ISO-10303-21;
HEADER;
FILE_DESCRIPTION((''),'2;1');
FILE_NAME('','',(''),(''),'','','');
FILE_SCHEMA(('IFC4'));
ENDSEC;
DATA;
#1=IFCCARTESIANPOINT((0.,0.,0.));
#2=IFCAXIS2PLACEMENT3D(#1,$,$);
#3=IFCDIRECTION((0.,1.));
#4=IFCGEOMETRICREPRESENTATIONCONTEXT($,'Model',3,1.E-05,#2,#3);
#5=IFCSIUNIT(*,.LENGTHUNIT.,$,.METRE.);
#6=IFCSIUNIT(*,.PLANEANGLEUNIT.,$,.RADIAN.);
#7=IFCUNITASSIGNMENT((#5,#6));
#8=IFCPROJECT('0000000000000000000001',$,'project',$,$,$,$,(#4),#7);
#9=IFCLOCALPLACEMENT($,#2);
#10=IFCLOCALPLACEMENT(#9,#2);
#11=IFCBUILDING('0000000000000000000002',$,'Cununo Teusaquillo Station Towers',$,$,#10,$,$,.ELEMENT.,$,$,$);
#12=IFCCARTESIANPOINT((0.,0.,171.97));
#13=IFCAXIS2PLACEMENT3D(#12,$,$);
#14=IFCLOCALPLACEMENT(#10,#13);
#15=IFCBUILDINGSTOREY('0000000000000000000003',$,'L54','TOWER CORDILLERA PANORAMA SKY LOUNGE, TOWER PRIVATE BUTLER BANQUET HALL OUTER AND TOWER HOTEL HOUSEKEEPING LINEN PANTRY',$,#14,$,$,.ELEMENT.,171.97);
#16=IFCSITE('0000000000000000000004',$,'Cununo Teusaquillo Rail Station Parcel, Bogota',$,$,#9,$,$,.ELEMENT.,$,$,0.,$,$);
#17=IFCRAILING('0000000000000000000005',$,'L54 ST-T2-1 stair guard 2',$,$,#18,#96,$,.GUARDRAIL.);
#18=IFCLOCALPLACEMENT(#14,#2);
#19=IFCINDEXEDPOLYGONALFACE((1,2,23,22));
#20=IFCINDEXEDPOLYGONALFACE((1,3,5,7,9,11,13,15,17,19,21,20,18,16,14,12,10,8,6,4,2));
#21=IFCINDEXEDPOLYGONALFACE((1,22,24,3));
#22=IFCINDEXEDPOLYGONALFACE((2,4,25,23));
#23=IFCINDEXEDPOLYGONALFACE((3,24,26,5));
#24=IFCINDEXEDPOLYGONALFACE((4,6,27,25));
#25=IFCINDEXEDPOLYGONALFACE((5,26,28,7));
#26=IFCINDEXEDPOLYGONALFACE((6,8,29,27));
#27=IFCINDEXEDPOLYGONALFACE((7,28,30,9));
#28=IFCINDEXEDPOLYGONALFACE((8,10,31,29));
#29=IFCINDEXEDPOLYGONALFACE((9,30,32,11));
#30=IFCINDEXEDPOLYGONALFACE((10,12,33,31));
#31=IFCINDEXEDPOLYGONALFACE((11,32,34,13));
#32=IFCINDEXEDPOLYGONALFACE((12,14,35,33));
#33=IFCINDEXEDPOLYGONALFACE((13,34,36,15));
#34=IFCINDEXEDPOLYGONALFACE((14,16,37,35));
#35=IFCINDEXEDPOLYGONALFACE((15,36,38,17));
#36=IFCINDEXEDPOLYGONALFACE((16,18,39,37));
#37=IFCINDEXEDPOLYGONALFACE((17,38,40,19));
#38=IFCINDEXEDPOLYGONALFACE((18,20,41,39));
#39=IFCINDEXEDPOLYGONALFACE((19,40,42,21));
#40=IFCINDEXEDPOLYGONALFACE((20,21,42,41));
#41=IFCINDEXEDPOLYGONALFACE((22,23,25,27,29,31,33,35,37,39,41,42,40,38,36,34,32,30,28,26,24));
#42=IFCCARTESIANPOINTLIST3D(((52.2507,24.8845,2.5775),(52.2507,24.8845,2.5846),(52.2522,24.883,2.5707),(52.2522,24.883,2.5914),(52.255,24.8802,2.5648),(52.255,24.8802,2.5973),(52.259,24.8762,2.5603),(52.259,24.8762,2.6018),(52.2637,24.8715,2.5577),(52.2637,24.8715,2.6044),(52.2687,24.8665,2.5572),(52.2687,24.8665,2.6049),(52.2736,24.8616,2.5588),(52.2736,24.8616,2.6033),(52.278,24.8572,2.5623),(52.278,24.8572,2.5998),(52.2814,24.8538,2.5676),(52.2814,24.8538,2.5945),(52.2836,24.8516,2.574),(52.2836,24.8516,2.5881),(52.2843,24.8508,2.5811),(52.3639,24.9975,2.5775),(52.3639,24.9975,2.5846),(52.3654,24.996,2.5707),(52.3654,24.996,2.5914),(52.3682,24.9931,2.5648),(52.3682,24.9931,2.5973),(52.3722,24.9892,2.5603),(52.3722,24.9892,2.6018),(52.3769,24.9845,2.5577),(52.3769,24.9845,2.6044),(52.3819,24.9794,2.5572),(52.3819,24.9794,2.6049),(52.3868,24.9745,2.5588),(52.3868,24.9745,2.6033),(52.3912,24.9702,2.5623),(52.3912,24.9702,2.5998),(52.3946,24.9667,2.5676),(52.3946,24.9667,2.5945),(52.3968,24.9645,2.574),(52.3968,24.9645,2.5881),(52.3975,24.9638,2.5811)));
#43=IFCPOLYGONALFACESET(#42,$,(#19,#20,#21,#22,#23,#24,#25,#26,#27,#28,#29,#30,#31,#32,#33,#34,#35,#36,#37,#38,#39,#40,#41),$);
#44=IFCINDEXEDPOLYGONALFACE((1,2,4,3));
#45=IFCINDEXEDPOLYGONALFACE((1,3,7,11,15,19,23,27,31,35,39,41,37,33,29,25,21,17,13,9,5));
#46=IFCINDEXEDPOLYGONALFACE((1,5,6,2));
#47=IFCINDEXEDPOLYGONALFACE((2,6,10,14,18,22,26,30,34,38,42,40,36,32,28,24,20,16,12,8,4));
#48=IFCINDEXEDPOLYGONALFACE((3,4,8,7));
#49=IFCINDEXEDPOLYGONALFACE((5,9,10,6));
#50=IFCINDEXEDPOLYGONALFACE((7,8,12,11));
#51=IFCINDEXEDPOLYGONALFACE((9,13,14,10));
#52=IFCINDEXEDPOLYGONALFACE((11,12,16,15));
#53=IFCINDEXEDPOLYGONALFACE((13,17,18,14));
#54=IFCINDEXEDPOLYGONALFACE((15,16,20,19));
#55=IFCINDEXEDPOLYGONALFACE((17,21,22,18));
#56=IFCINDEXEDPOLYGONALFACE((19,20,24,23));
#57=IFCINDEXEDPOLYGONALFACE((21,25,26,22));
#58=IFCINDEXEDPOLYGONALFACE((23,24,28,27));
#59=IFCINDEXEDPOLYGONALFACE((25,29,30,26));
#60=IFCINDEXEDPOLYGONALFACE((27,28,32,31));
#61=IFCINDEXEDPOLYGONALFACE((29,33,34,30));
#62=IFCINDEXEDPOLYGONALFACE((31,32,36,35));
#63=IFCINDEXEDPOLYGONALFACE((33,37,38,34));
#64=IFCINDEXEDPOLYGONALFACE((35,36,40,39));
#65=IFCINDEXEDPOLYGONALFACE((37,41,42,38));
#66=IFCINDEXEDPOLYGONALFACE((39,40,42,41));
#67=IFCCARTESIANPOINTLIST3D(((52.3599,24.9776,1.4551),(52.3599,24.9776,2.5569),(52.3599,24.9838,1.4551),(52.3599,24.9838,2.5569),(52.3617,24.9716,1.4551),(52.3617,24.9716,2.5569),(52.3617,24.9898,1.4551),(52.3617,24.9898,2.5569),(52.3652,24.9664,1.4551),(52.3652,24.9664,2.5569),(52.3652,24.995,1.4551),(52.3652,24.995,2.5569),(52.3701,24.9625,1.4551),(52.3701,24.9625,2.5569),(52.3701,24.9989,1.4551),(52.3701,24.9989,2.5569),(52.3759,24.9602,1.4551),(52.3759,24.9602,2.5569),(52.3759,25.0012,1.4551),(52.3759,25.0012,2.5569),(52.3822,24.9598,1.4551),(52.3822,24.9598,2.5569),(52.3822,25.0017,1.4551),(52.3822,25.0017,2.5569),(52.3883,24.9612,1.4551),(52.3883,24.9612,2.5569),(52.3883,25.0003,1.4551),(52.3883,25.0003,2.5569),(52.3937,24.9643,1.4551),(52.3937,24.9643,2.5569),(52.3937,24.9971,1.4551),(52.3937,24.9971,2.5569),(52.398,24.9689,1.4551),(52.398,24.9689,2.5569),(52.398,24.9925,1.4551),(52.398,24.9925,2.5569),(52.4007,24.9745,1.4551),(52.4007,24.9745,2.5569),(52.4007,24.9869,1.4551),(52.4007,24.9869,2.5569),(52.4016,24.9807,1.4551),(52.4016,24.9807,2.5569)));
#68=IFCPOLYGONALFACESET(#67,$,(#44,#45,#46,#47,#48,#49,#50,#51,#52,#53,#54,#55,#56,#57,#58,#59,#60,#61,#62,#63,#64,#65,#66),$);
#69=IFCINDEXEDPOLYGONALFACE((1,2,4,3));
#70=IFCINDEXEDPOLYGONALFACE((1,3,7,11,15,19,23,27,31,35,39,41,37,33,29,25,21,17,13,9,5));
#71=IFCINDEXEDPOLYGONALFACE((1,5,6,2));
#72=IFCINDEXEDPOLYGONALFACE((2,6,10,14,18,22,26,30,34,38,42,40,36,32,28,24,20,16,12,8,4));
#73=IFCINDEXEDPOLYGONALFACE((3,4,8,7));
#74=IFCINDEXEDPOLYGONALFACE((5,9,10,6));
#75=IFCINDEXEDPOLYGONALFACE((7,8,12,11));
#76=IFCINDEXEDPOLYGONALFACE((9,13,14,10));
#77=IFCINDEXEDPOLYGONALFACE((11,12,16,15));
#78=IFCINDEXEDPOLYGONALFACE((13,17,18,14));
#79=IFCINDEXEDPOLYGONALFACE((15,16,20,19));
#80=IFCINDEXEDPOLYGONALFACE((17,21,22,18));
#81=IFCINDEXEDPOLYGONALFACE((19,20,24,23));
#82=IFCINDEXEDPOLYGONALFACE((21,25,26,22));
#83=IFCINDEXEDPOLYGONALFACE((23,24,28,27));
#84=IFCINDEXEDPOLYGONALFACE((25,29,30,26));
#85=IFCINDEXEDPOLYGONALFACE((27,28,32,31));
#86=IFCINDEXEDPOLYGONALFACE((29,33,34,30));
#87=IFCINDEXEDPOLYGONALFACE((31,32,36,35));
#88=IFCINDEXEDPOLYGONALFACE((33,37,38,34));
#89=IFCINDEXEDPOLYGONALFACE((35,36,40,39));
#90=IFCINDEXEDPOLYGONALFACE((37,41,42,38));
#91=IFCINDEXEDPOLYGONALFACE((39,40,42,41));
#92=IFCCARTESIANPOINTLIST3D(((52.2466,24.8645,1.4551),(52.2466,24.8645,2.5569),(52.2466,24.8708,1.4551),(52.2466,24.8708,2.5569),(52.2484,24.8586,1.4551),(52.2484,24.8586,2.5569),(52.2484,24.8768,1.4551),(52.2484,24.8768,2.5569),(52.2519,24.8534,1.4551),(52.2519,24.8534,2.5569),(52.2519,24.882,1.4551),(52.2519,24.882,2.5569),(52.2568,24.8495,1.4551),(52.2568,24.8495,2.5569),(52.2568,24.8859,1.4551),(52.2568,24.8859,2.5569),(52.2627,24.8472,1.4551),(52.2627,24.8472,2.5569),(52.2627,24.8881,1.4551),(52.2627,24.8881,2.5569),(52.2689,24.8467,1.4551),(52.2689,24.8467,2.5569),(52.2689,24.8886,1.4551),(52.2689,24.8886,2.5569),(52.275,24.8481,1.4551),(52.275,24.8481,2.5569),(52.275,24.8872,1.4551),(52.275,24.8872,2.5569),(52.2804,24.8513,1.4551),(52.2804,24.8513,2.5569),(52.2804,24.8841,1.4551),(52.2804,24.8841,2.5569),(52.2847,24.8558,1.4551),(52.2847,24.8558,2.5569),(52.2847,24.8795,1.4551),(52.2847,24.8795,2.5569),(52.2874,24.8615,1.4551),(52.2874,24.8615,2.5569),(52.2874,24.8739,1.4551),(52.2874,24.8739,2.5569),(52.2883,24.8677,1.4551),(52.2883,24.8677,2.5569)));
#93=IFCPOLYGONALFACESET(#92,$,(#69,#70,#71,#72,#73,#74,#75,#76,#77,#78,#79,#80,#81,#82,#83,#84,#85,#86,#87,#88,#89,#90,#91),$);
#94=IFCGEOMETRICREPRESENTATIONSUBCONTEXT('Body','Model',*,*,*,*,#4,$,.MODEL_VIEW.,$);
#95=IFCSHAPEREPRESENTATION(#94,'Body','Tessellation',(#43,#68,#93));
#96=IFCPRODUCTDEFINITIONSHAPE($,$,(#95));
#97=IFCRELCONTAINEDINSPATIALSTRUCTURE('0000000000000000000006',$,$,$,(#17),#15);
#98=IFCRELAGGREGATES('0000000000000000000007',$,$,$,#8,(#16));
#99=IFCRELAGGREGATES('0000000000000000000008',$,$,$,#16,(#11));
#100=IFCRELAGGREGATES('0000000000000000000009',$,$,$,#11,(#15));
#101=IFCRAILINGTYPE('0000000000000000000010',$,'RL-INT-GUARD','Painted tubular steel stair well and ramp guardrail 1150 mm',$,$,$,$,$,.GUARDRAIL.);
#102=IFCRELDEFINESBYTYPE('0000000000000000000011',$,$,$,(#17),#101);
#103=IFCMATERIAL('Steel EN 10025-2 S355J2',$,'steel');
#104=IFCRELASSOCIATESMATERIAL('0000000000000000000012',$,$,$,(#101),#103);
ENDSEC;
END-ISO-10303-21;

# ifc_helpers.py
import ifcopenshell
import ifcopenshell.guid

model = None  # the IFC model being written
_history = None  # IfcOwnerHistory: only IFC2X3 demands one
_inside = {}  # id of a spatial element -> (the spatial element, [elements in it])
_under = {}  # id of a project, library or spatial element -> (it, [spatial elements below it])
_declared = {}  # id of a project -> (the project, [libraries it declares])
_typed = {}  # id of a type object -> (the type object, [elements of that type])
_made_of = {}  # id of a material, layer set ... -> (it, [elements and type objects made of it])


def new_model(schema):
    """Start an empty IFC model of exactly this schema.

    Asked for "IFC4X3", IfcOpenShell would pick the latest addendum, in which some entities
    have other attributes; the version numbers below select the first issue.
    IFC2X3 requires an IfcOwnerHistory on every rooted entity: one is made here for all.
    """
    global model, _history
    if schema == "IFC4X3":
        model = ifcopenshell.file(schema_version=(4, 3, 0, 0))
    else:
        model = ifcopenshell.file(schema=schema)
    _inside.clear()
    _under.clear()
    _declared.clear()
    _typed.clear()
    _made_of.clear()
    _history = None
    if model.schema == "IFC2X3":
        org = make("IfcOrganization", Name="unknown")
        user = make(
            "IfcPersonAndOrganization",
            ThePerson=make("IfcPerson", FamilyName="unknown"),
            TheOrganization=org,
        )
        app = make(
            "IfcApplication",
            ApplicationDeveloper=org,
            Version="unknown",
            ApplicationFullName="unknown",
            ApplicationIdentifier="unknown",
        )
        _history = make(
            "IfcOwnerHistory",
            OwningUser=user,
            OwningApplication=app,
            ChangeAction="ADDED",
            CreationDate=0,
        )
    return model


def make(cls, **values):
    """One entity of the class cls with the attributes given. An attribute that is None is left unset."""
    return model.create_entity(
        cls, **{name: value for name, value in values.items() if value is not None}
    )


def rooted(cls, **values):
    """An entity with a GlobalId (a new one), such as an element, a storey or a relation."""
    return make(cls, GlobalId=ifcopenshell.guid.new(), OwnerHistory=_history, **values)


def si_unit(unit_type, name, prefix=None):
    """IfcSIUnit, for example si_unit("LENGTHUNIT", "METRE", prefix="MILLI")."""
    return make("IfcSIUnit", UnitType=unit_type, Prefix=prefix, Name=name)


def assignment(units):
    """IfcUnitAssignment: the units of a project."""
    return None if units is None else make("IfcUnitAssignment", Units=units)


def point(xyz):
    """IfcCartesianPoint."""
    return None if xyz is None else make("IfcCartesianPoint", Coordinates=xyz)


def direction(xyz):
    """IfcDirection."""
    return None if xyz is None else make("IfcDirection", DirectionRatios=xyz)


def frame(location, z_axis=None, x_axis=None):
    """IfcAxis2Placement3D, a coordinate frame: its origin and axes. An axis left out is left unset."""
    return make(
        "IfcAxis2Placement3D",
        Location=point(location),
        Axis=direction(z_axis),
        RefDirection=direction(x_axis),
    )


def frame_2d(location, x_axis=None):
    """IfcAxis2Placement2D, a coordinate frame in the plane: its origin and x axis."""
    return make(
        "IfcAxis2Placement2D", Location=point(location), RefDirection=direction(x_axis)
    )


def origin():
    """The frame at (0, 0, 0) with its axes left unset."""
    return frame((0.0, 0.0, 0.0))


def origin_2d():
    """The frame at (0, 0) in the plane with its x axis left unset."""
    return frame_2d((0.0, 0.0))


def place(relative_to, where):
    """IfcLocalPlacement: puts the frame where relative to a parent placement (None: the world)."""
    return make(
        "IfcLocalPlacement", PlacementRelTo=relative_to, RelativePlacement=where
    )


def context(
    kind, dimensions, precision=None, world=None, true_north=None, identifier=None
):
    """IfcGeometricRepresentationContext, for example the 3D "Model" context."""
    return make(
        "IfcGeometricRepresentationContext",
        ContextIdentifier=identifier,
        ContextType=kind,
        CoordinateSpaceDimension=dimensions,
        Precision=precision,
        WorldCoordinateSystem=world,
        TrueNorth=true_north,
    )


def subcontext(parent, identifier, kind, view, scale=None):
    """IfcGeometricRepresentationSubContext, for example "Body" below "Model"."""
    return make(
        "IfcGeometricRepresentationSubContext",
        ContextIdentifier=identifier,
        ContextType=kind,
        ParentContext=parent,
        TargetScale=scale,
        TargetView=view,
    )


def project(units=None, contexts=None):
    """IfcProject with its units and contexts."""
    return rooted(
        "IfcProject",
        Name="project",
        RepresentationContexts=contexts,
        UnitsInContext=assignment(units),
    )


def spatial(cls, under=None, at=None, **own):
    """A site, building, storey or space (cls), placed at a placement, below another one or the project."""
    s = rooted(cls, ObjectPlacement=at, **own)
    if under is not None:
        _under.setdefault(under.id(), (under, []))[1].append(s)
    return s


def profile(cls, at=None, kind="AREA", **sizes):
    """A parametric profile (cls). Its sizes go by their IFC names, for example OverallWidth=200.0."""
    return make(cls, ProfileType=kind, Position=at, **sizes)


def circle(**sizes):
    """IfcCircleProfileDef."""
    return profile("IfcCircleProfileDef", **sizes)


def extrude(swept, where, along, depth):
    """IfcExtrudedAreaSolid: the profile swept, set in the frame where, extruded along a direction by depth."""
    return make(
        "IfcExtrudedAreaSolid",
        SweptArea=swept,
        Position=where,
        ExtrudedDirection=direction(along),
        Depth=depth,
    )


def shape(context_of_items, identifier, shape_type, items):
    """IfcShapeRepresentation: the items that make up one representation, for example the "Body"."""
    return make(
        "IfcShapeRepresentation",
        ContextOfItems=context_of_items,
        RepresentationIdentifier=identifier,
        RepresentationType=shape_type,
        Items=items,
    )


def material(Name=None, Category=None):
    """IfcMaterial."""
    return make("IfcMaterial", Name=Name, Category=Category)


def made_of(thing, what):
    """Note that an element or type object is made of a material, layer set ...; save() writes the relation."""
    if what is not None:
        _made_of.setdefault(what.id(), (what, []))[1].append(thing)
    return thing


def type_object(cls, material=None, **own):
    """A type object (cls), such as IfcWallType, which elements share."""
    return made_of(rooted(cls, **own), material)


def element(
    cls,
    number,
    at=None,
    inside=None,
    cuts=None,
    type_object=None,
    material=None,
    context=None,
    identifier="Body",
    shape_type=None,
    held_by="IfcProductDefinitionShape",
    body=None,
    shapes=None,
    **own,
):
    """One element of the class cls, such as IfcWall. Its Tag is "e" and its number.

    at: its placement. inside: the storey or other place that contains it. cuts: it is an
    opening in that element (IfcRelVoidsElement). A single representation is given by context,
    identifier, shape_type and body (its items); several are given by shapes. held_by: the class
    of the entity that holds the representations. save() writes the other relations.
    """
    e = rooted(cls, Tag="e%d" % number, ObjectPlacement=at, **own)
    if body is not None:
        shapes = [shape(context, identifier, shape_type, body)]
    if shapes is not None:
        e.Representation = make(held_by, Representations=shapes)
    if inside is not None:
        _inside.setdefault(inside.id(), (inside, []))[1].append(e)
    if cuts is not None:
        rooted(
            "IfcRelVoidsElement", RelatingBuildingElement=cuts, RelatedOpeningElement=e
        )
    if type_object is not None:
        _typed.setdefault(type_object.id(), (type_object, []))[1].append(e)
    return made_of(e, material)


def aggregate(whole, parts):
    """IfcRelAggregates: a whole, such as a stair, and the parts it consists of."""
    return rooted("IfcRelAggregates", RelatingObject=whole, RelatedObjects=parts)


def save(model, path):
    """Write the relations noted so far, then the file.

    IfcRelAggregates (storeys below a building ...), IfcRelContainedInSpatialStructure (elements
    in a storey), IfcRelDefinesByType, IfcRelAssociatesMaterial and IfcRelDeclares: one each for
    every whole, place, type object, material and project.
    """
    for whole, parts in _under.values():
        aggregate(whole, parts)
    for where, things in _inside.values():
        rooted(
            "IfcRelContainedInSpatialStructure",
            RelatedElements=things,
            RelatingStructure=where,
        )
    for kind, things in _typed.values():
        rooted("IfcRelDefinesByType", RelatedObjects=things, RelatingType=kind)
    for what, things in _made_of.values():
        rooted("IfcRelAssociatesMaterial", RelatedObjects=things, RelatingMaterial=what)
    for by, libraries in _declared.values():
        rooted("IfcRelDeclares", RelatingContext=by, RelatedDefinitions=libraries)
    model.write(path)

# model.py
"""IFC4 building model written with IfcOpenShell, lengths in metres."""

from ifc_helpers import new_model, si_unit, direction, frame, origin, origin_2d, place, context, subcontext, project, spatial, circle, extrude, material, type_object, element, save


model = new_model("IFC4")

# Units and contexts
model_context = context("Model", 3, precision=1e-05, world=origin(), true_north=direction((0.0, 1.0)))
body_context = subcontext(model_context, "Body", "Model", "MODEL_VIEW")
ifc_project = project(units=[si_unit("LENGTHUNIT", "METRE"), si_unit("PLANEANGLEUNIT", "RADIAN")], contexts=[model_context])

# Site, building, storey
site_placement = place(None, origin())
site = spatial("IfcSite", under=ifc_project, at=site_placement, Name="Cununo Teusaquillo Rail Station Parcel, Bogota", CompositionType="ELEMENT", RefElevation=0.0)
building_placement = place(site_placement, origin())
building = spatial("IfcBuilding", under=site, at=building_placement, Name="Cununo Teusaquillo Station Towers", CompositionType="ELEMENT")
storey_placement = place(building_placement, frame((0.0, 0.0, 171.97)))
storey = spatial("IfcBuildingStorey", under=building, at=storey_placement, Name="L54", Description="TOWER CORDILLERA PANORAMA SKY LOUNGE, TOWER PRIVATE BUTLER BANQUET HALL OUTER AND TOWER HOTEL HOUSEKEEPING LINEN PANTRY", CompositionType="ELEMENT", Elevation=171.97)

# Railing
ifc_material_1 = material(Name="Steel EN 10025-2 S355J2", Category="steel")
railing_type_1 = type_object("IfcRailingType", Name="RL-INT-GUARD", Description="Painted tubular steel stair well and ramp guardrail 1150 mm", PredefinedType="GUARDRAIL", material=ifc_material_1)
railing_1_placement = place(storey_placement, frame((52.3806, 24.9807, 1.4551)))
element("IfcRailing", 1, at=railing_1_placement, inside=storey, type_object=railing_type_1, Name="L54 ST-T2-1 stair guard 2", PredefinedType="GUARDRAIL", context=body_context, shape_type="SweptSolid", body=[
    extrude(circle(Radius=0.0239, at=origin_2d()), frame((0.0, 0.0, 1.126), z_axis=(-0.707869, -0.706344, 0.0), x_axis=(0.706344, -0.707869, 0.0)), (0.0, 0.0, 1.0), 0.1599),
    extrude(circle(Radius=0.021, at=origin_2d()), origin(), (0.0, 0.0, 1.0), 1.1018),
    extrude(circle(Radius=0.021, at=origin_2d()), frame((-0.1133, -0.113, 0.0)), (0.0, 0.0, 1.0), 1.1018),
])

save(model, "model.ifc")
